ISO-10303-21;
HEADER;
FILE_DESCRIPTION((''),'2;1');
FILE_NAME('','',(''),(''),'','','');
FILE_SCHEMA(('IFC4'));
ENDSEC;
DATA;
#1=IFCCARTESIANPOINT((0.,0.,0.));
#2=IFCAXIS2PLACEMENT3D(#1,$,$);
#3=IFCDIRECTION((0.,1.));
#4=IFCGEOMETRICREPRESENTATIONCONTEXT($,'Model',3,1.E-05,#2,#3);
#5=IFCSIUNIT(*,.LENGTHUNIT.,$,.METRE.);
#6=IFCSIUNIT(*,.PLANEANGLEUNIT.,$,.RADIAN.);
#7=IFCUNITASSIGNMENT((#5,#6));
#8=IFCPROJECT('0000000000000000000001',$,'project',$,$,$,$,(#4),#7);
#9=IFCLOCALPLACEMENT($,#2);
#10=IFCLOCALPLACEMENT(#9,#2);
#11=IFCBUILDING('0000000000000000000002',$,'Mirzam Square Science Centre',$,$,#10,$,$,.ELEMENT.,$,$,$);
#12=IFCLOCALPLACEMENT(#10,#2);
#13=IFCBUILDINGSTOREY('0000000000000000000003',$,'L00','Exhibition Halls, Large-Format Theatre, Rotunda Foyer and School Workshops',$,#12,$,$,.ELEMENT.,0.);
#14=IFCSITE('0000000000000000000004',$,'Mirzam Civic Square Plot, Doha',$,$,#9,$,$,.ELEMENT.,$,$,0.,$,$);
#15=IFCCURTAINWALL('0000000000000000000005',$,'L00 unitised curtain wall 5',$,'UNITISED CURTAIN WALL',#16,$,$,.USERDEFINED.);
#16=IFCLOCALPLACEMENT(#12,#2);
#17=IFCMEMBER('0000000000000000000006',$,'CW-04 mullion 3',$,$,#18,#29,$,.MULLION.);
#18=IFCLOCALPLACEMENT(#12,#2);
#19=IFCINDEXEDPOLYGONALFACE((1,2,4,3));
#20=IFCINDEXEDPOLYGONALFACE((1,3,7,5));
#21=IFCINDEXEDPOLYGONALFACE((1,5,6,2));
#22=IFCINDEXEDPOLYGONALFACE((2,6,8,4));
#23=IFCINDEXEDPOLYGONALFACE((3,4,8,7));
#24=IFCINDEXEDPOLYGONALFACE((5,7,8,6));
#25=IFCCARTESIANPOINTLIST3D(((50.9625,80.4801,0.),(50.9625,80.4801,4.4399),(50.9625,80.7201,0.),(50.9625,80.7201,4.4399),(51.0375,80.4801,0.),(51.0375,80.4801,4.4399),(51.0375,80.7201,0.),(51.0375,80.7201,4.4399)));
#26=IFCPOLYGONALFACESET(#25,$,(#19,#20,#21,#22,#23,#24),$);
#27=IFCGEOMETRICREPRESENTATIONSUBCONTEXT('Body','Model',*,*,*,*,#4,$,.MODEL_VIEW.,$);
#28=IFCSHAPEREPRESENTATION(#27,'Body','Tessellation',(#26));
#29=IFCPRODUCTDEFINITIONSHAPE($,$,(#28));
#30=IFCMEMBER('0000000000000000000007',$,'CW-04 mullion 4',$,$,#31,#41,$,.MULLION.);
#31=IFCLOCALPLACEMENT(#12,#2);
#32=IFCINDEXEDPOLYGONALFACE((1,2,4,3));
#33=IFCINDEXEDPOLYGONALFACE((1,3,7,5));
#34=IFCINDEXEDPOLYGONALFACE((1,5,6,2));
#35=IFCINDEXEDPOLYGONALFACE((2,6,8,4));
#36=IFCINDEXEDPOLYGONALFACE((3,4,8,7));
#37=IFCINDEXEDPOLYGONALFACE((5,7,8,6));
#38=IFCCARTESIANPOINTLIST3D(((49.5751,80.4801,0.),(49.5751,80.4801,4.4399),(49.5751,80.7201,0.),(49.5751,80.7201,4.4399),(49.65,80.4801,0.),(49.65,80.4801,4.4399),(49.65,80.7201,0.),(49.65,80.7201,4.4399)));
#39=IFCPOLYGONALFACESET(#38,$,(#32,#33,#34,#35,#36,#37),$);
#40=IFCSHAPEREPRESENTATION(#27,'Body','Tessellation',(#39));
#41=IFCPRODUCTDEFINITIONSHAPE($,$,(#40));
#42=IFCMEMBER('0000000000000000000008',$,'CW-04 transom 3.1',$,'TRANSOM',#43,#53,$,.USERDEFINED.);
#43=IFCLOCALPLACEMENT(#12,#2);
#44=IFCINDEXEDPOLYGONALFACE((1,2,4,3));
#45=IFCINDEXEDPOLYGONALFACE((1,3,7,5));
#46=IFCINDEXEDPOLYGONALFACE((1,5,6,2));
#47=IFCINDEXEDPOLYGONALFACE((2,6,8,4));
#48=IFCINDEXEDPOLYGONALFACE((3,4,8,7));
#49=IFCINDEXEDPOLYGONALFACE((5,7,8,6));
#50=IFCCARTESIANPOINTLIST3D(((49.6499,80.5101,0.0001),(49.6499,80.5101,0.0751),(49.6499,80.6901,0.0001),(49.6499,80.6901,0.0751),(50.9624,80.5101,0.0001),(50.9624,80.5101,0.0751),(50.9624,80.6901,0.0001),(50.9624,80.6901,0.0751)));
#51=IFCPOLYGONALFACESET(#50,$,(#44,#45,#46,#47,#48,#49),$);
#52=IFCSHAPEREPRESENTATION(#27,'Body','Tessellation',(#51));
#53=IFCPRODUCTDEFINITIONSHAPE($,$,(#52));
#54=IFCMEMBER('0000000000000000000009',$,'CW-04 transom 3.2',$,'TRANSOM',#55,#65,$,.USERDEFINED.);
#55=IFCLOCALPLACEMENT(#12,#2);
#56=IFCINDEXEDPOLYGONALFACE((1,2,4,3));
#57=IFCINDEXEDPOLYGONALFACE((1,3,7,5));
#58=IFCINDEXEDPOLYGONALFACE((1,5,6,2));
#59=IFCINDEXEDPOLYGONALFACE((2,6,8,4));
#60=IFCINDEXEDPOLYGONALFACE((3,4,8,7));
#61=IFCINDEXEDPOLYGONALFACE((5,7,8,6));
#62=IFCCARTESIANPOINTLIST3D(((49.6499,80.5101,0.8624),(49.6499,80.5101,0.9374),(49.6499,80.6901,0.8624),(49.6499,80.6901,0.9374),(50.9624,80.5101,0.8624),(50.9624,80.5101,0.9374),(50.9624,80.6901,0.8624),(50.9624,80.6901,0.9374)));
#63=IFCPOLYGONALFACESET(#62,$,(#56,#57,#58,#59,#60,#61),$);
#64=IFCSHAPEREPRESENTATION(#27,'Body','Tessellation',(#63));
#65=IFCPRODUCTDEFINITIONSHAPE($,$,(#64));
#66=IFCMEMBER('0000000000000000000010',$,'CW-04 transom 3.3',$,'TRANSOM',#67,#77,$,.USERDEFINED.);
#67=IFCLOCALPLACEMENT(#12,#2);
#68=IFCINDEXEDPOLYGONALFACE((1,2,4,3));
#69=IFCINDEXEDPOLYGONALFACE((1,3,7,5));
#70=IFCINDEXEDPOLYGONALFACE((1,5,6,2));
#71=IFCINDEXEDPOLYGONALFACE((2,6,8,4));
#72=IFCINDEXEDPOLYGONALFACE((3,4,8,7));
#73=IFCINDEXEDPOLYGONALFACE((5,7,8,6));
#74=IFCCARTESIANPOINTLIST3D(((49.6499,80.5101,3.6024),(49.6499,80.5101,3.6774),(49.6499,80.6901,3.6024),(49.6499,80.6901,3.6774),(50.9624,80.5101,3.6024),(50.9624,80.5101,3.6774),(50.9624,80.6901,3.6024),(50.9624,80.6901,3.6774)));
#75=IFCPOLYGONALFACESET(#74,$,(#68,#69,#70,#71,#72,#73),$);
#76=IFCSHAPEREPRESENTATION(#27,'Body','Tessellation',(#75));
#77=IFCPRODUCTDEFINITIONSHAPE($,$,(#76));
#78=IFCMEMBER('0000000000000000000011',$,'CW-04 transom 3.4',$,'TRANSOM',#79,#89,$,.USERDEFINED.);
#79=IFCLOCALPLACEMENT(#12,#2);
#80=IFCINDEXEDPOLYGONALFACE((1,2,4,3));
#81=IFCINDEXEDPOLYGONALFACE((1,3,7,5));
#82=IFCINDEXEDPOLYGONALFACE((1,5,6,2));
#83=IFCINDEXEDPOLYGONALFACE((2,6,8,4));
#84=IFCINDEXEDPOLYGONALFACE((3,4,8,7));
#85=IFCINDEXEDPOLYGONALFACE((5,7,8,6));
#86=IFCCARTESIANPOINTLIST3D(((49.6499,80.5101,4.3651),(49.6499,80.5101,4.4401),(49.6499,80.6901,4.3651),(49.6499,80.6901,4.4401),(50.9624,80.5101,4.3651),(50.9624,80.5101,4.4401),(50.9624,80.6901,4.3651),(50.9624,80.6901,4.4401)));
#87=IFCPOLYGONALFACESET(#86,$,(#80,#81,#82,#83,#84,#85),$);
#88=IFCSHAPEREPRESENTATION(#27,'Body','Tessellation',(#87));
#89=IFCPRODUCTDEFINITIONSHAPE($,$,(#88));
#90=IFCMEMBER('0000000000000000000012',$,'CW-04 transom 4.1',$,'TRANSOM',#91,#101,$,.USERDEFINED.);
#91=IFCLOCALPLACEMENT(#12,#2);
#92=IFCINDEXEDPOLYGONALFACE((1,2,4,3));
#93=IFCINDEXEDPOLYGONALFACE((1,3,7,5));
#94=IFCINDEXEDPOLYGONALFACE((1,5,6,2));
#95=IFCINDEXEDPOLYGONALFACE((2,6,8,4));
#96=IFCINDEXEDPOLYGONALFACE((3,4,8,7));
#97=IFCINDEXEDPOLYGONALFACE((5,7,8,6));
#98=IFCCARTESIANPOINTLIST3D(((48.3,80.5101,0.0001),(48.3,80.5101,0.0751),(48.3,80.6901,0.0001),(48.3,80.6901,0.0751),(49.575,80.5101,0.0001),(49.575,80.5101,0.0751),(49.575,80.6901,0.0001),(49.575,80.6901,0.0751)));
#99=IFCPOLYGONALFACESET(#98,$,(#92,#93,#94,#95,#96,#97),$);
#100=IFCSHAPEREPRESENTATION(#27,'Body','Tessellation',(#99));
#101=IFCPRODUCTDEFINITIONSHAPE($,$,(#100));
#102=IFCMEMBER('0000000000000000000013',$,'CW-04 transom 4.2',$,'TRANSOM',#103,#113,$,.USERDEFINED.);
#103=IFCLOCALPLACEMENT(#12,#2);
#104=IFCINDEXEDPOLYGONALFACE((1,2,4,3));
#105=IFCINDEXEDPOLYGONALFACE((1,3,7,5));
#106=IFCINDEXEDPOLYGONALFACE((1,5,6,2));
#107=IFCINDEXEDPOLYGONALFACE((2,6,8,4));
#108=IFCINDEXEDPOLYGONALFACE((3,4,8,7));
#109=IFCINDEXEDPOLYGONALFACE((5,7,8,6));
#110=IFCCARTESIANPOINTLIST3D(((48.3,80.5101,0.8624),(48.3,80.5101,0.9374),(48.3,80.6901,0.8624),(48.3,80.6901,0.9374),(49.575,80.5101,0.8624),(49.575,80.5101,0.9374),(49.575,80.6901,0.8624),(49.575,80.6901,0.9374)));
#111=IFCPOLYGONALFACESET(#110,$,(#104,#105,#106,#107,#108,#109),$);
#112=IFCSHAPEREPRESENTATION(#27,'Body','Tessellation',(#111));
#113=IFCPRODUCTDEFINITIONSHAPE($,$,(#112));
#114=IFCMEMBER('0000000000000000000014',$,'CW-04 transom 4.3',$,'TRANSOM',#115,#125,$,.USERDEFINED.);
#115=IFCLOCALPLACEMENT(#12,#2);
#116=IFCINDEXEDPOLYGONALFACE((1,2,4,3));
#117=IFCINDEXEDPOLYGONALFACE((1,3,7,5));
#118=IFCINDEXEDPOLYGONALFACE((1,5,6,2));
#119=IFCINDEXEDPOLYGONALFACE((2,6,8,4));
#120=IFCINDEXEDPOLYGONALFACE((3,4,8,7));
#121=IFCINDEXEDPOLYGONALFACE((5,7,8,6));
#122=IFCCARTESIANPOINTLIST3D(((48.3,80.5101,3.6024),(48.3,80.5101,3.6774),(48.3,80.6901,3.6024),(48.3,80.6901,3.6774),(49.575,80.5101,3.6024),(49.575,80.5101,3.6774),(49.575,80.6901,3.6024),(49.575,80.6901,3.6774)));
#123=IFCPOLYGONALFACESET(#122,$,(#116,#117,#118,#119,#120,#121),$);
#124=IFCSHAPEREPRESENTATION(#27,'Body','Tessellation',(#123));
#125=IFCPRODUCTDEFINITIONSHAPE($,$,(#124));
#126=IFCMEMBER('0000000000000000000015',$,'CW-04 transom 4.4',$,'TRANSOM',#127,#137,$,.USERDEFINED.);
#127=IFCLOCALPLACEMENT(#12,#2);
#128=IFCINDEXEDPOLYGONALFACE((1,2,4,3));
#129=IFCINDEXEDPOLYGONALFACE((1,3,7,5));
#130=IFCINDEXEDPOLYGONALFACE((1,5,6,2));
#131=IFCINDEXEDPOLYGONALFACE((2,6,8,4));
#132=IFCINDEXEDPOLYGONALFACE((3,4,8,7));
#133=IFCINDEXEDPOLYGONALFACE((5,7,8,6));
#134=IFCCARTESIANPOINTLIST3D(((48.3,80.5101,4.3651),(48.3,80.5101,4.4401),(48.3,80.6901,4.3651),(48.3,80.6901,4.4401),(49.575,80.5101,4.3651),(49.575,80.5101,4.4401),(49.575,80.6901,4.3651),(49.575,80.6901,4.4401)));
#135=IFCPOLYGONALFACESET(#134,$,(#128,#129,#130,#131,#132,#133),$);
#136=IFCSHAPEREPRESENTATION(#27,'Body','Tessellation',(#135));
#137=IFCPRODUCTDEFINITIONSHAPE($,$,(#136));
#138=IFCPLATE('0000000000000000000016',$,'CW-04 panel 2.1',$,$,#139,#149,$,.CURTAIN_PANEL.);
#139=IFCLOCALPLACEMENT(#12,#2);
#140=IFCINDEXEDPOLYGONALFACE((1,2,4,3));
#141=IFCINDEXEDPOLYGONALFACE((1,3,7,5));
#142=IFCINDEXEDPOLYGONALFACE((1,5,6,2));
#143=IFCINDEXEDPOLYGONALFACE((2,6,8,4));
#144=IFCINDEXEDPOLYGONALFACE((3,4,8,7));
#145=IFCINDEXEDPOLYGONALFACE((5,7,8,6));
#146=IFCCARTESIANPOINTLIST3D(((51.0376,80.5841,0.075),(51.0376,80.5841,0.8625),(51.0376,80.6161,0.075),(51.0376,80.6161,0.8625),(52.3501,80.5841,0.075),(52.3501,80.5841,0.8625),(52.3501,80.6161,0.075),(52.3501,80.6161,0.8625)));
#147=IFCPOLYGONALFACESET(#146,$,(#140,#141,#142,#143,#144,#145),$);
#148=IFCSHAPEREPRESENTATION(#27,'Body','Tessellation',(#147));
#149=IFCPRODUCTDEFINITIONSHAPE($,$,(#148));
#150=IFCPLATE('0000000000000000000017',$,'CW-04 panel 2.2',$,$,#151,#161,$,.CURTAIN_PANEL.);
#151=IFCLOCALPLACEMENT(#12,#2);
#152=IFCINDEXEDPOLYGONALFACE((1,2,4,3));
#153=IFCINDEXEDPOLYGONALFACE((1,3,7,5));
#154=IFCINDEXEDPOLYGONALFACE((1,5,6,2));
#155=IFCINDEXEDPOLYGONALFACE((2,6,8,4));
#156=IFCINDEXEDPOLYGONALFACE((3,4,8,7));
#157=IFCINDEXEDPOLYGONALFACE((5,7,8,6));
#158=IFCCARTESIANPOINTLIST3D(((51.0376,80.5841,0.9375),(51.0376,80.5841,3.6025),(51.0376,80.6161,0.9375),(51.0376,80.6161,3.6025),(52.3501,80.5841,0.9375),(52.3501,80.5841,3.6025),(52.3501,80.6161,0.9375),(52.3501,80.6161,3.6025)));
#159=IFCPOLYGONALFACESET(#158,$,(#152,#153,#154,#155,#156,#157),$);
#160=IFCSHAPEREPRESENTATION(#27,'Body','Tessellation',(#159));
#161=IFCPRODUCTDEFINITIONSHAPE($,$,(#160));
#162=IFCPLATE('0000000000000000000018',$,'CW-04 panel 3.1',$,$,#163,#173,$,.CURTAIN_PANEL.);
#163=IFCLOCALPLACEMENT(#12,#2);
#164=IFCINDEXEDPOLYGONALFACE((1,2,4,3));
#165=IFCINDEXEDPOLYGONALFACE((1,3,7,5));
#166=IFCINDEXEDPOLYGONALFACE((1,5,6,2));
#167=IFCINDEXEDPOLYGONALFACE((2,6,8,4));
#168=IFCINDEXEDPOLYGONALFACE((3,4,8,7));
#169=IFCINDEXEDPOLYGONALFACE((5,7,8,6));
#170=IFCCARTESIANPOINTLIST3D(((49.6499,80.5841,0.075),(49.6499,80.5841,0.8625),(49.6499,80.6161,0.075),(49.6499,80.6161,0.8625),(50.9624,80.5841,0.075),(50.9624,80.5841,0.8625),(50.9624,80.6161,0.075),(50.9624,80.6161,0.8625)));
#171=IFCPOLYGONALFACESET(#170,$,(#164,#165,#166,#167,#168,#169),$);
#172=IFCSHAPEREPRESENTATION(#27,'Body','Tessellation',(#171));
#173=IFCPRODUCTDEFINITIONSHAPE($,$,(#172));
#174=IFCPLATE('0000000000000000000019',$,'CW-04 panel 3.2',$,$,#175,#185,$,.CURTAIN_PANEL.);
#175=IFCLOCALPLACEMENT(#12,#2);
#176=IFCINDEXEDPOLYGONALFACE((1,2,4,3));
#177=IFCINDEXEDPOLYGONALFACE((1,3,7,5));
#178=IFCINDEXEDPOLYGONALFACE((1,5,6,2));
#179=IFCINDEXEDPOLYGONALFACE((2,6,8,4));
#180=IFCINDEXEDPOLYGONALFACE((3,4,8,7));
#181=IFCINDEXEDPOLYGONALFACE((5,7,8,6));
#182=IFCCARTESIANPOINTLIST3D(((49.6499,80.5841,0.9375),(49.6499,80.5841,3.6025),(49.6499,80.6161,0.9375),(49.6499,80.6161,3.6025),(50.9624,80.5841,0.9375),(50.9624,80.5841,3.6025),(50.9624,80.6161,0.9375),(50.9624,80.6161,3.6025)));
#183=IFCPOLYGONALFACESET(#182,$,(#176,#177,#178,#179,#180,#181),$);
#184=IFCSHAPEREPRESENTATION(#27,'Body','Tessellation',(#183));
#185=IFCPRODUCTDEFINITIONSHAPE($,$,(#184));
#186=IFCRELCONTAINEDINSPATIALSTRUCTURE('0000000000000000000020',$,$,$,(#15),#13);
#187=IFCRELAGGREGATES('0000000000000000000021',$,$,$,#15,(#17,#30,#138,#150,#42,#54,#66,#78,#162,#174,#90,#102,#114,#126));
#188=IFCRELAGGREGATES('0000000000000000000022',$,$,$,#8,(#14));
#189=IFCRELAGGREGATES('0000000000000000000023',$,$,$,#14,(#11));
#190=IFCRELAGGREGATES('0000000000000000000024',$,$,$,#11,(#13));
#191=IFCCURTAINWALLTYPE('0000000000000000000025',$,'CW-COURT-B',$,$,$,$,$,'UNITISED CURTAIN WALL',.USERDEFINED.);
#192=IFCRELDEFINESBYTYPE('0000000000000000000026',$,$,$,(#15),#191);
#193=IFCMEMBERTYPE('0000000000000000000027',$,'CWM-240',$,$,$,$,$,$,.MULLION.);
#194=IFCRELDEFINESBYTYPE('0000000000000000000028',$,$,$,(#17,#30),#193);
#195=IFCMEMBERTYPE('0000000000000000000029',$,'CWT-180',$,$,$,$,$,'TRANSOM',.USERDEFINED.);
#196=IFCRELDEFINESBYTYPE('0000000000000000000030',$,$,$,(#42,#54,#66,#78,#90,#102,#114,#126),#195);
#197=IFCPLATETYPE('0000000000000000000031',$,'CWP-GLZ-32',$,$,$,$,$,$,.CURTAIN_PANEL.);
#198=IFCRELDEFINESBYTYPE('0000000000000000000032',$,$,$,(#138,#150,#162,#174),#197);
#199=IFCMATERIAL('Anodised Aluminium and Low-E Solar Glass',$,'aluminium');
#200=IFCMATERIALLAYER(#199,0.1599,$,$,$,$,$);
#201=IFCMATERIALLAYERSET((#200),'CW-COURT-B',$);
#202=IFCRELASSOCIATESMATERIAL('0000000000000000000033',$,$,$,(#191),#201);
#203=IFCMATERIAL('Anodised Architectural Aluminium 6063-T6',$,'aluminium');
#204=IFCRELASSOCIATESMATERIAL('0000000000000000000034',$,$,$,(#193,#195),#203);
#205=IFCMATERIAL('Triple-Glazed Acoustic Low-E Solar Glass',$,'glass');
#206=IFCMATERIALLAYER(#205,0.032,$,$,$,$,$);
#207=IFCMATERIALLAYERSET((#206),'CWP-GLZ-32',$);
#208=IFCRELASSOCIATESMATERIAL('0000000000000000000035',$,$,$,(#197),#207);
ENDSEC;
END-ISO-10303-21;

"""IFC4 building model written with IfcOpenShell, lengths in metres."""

from ifc_helpers import new_model, si_unit, direction, frame, origin, origin_2d, place, context, subcontext, project, spatial, rectangle, extrude, material, layer, layer_set, material_profile, profile_set, type_object, element, aggregate, save


model = new_model("IFC4")

# Units and contexts
model_context = context("Model", 3, precision=1e-05, world=origin(), true_north=direction((0.0, 1.0)))
body_context = subcontext(model_context, "Body", "Model", "MODEL_VIEW")
ifc_project = project(units=[si_unit("LENGTHUNIT", "METRE"), si_unit("PLANEANGLEUNIT", "RADIAN")], contexts=[model_context])

# Site, building, storey
site_placement = place(None, origin())
site = spatial("IfcSite", under=ifc_project, at=site_placement, Name="Mirzam Civic Square Plot, Doha", CompositionType="ELEMENT", RefElevation=0.0)
building_placement = place(site_placement, origin())
building = spatial("IfcBuilding", under=site, at=building_placement, Name="Mirzam Square Science Centre", CompositionType="ELEMENT")
storey_placement = place(building_placement, origin())
storey = spatial("IfcBuildingStorey", under=building, at=storey_placement, Name="L00", Description="Exhibition Halls, Large-Format Theatre, Rotunda Foyer and School Workshops", CompositionType="ELEMENT", Elevation=0.0)

# Curtain wall, members, plates
ifc_material_1 = material(Name="Anodised Aluminium and Low-E Solar Glass", Category="aluminium")
ifc_layer_1 = layer(ifc_material_1, 0.1599)
ifc_layer_set_1 = layer_set([ifc_layer_1], Name="CW-COURT-B")
curtain_wall_type = type_object("IfcCurtainWallType", Name="CW-COURT-B", ElementType="UNITISED CURTAIN WALL", PredefinedType="USERDEFINED", material=ifc_layer_set_1)
curtain_wall_placement = place(storey_placement, origin())
curtain_wall = element("IfcCurtainWall", 1, at=curtain_wall_placement, inside=storey, type_object=curtain_wall_type, Name="L00 unitised curtain wall 5", ObjectType="UNITISED CURTAIN WALL", PredefinedType="USERDEFINED")
ifc_material_2 = material(Name="Anodised Architectural Aluminium 6063-T6", Category="aluminium")
ifc_material_profile_1 = material_profile(ifc_material_2, rectangle(XDim=0.075, YDim=0.24, at=origin_2d()), Name="ALU-MULL-240x75x5")
ifc_profile_set_1 = profile_set([ifc_material_profile_1], Name="Anodised Architectural Aluminium 6063-T6")
member_type_1 = type_object("IfcMemberType", Name="CWM-240", PredefinedType="MULLION", material=ifc_profile_set_1)
member_1_placement = place(storey_placement, frame((51.0, 80.6001, 0.0), z_axis=(0.0, 0.0, 1.0), x_axis=(-1.0, 0.0, 0.0)))
member_1 = element("IfcMember", 2, at=member_1_placement, type_object=member_type_1, Name="CW-04 mullion 3", PredefinedType="MULLION", context=body_context, shape_type="SweptSolid", body=[
    extrude(rectangle(XDim=0.075, YDim=0.24, at=origin_2d()), origin(), (0.0, 0.0, 1.0), 4.4399),
])
member_2_placement = place(storey_placement, frame((49.6125, 80.6001, 0.0), z_axis=(0.0, 0.0, 1.0), x_axis=(-1.0, 0.0, 0.0)))
member_2 = element("IfcMember", 3, at=member_2_placement, type_object=member_type_1, Name="CW-04 mullion 4", PredefinedType="MULLION", context=body_context, shape_type="SweptSolid", body=[
    extrude(rectangle(XDim=0.075, YDim=0.24, at=origin_2d()), origin(), (0.0, 0.0, 1.0), 4.4399),
])
ifc_material_profile_2 = material_profile(ifc_material_2, rectangle(XDim=0.1799, YDim=0.075, at=origin_2d()), Name="ALU-TRAN-180x75x5")
ifc_profile_set_2 = profile_set([ifc_material_profile_2], Name="Anodised Architectural Aluminium 6063-T6")
member_type_2 = type_object("IfcMemberType", Name="CWT-180", ElementType="TRANSOM", PredefinedType="USERDEFINED", material=ifc_profile_set_2)
member_3_placement = place(storey_placement, frame((50.9624, 80.6001, 0.0376), z_axis=(-1.0, 0.0, 0.0), x_axis=(0.0, -1.0, 0.0)))
member_3 = element("IfcMember", 4, at=member_3_placement, type_object=member_type_2, Name="CW-04 transom 3.1", ObjectType="TRANSOM", PredefinedType="USERDEFINED", context=body_context, shape_type="SweptSolid", body=[
    extrude(rectangle(XDim=0.1799, YDim=0.075, at=origin_2d()), origin(), (0.0, 0.0, 1.0), 1.3125),
])
member_4_placement = place(storey_placement, frame((50.9624, 80.6001, 0.8999), z_axis=(-1.0, 0.0, 0.0), x_axis=(0.0, -1.0, 0.0)))
member_4 = element("IfcMember", 5, at=member_4_placement, type_object=member_type_2, Name="CW-04 transom 3.2", ObjectType="TRANSOM", PredefinedType="USERDEFINED", context=body_context, shape_type="SweptSolid", body=[
    extrude(rectangle(XDim=0.1799, YDim=0.075, at=origin_2d()), origin(), (0.0, 0.0, 1.0), 1.3125),
])
member_5_placement = place(storey_placement, frame((50.9624, 80.6001, 3.6399), z_axis=(-1.0, 0.0, 0.0), x_axis=(0.0, -1.0, 0.0)))
member_5 = element("IfcMember", 6, at=member_5_placement, type_object=member_type_2, Name="CW-04 transom 3.3", ObjectType="TRANSOM", PredefinedType="USERDEFINED", context=body_context, shape_type="SweptSolid", body=[
    extrude(rectangle(XDim=0.1799, YDim=0.075, at=origin_2d()), origin(), (0.0, 0.0, 1.0), 1.3125),
])
member_6_placement = place(storey_placement, frame((50.9624, 80.6001, 4.4026), z_axis=(-1.0, 0.0, 0.0), x_axis=(0.0, -1.0, 0.0)))
member_6 = element("IfcMember", 7, at=member_6_placement, type_object=member_type_2, Name="CW-04 transom 3.4", ObjectType="TRANSOM", PredefinedType="USERDEFINED", context=body_context, shape_type="SweptSolid", body=[
    extrude(rectangle(XDim=0.1799, YDim=0.075, at=origin_2d()), origin(), (0.0, 0.0, 1.0), 1.3125),
])
member_7_placement = place(storey_placement, frame((49.575, 80.6001, 0.0376), z_axis=(-1.0, 0.0, 0.0), x_axis=(0.0, -1.0, 0.0)))
member_7 = element("IfcMember", 8, at=member_7_placement, type_object=member_type_2, Name="CW-04 transom 4.1", ObjectType="TRANSOM", PredefinedType="USERDEFINED", context=body_context, shape_type="SweptSolid", body=[
    extrude(rectangle(XDim=0.1799, YDim=0.075, at=origin_2d()), origin(), (0.0, 0.0, 1.0), 1.2749),
])
member_8_placement = place(storey_placement, frame((49.575, 80.6001, 0.8999), z_axis=(-1.0, 0.0, 0.0), x_axis=(0.0, -1.0, 0.0)))
member_8 = element("IfcMember", 9, at=member_8_placement, type_object=member_type_2, Name="CW-04 transom 4.2", ObjectType="TRANSOM", PredefinedType="USERDEFINED", context=body_context, shape_type="SweptSolid", body=[
    extrude(rectangle(XDim=0.1799, YDim=0.075, at=origin_2d()), origin(), (0.0, 0.0, 1.0), 1.2749),
])
member_9_placement = place(storey_placement, frame((49.575, 80.6001, 3.6399), z_axis=(-1.0, 0.0, 0.0), x_axis=(0.0, -1.0, 0.0)))
member_9 = element("IfcMember", 10, at=member_9_placement, type_object=member_type_2, Name="CW-04 transom 4.3", ObjectType="TRANSOM", PredefinedType="USERDEFINED", context=body_context, shape_type="SweptSolid", body=[
    extrude(rectangle(XDim=0.1799, YDim=0.075, at=origin_2d()), origin(), (0.0, 0.0, 1.0), 1.2749),
])
member_10_placement = place(storey_placement, frame((49.575, 80.6001, 4.4026), z_axis=(-1.0, 0.0, 0.0), x_axis=(0.0, -1.0, 0.0)))
member_10 = element("IfcMember", 11, at=member_10_placement, type_object=member_type_2, Name="CW-04 transom 4.4", ObjectType="TRANSOM", PredefinedType="USERDEFINED", context=body_context, shape_type="SweptSolid", body=[
    extrude(rectangle(XDim=0.1799, YDim=0.075, at=origin_2d()), origin(), (0.0, 0.0, 1.0), 1.2749),
])
ifc_material_3 = material(Name="Triple-Glazed Acoustic Low-E Solar Glass", Category="glass")
ifc_layer_2 = layer(ifc_material_3, 0.032)
ifc_layer_set_2 = layer_set([ifc_layer_2], Name="CWP-GLZ-32")
plate_type = type_object("IfcPlateType", Name="CWP-GLZ-32", PredefinedType="CURTAIN_PANEL", material=ifc_layer_set_2)
plate_1_placement = place(storey_placement, frame((51.6938, 80.6001, 0.075), z_axis=(0.0, 0.0, 1.0), x_axis=(-1.0, 0.0, 0.0)))
plate_1 = element("IfcPlate", 12, at=plate_1_placement, type_object=plate_type, Name="CW-04 panel 2.1", PredefinedType="CURTAIN_PANEL", context=body_context, shape_type="SweptSolid", body=[
    extrude(rectangle(XDim=1.3125, YDim=0.032, at=origin_2d()), origin(), (0.0, 0.0, 1.0), 0.7876),
])
plate_2_placement = place(storey_placement, frame((51.6938, 80.6001, 0.9375), z_axis=(0.0, 0.0, 1.0), x_axis=(-1.0, 0.0, 0.0)))
plate_2 = element("IfcPlate", 13, at=plate_2_placement, type_object=plate_type, Name="CW-04 panel 2.2", PredefinedType="CURTAIN_PANEL", context=body_context, shape_type="SweptSolid", body=[
    extrude(rectangle(XDim=1.3125, YDim=0.032, at=origin_2d()), origin(), (0.0, 0.0, 1.0), 2.665),
])
plate_3_placement = place(storey_placement, frame((50.3062, 80.6001, 0.075), z_axis=(0.0, 0.0, 1.0), x_axis=(-1.0, 0.0, 0.0)))
plate_3 = element("IfcPlate", 14, at=plate_3_placement, type_object=plate_type, Name="CW-04 panel 3.1", PredefinedType="CURTAIN_PANEL", context=body_context, shape_type="SweptSolid", body=[
    extrude(rectangle(XDim=1.3125, YDim=0.032, at=origin_2d()), origin(), (0.0, 0.0, 1.0), 0.7876),
])
plate_4_placement = place(storey_placement, frame((50.3062, 80.6001, 0.9375), z_axis=(0.0, 0.0, 1.0), x_axis=(-1.0, 0.0, 0.0)))
plate_4 = element("IfcPlate", 15, at=plate_4_placement, type_object=plate_type, Name="CW-04 panel 3.2", PredefinedType="CURTAIN_PANEL", context=body_context, shape_type="SweptSolid", body=[
    extrude(rectangle(XDim=1.3125, YDim=0.032, at=origin_2d()), origin(), (0.0, 0.0, 1.0), 2.665),
])
aggregate(curtain_wall, [member_1, member_2, plate_1, plate_2, member_3, member_4, member_5, member_6, plate_3, plate_4, member_7, member_8, member_9, member_10])

save(model, "model.ifc")
